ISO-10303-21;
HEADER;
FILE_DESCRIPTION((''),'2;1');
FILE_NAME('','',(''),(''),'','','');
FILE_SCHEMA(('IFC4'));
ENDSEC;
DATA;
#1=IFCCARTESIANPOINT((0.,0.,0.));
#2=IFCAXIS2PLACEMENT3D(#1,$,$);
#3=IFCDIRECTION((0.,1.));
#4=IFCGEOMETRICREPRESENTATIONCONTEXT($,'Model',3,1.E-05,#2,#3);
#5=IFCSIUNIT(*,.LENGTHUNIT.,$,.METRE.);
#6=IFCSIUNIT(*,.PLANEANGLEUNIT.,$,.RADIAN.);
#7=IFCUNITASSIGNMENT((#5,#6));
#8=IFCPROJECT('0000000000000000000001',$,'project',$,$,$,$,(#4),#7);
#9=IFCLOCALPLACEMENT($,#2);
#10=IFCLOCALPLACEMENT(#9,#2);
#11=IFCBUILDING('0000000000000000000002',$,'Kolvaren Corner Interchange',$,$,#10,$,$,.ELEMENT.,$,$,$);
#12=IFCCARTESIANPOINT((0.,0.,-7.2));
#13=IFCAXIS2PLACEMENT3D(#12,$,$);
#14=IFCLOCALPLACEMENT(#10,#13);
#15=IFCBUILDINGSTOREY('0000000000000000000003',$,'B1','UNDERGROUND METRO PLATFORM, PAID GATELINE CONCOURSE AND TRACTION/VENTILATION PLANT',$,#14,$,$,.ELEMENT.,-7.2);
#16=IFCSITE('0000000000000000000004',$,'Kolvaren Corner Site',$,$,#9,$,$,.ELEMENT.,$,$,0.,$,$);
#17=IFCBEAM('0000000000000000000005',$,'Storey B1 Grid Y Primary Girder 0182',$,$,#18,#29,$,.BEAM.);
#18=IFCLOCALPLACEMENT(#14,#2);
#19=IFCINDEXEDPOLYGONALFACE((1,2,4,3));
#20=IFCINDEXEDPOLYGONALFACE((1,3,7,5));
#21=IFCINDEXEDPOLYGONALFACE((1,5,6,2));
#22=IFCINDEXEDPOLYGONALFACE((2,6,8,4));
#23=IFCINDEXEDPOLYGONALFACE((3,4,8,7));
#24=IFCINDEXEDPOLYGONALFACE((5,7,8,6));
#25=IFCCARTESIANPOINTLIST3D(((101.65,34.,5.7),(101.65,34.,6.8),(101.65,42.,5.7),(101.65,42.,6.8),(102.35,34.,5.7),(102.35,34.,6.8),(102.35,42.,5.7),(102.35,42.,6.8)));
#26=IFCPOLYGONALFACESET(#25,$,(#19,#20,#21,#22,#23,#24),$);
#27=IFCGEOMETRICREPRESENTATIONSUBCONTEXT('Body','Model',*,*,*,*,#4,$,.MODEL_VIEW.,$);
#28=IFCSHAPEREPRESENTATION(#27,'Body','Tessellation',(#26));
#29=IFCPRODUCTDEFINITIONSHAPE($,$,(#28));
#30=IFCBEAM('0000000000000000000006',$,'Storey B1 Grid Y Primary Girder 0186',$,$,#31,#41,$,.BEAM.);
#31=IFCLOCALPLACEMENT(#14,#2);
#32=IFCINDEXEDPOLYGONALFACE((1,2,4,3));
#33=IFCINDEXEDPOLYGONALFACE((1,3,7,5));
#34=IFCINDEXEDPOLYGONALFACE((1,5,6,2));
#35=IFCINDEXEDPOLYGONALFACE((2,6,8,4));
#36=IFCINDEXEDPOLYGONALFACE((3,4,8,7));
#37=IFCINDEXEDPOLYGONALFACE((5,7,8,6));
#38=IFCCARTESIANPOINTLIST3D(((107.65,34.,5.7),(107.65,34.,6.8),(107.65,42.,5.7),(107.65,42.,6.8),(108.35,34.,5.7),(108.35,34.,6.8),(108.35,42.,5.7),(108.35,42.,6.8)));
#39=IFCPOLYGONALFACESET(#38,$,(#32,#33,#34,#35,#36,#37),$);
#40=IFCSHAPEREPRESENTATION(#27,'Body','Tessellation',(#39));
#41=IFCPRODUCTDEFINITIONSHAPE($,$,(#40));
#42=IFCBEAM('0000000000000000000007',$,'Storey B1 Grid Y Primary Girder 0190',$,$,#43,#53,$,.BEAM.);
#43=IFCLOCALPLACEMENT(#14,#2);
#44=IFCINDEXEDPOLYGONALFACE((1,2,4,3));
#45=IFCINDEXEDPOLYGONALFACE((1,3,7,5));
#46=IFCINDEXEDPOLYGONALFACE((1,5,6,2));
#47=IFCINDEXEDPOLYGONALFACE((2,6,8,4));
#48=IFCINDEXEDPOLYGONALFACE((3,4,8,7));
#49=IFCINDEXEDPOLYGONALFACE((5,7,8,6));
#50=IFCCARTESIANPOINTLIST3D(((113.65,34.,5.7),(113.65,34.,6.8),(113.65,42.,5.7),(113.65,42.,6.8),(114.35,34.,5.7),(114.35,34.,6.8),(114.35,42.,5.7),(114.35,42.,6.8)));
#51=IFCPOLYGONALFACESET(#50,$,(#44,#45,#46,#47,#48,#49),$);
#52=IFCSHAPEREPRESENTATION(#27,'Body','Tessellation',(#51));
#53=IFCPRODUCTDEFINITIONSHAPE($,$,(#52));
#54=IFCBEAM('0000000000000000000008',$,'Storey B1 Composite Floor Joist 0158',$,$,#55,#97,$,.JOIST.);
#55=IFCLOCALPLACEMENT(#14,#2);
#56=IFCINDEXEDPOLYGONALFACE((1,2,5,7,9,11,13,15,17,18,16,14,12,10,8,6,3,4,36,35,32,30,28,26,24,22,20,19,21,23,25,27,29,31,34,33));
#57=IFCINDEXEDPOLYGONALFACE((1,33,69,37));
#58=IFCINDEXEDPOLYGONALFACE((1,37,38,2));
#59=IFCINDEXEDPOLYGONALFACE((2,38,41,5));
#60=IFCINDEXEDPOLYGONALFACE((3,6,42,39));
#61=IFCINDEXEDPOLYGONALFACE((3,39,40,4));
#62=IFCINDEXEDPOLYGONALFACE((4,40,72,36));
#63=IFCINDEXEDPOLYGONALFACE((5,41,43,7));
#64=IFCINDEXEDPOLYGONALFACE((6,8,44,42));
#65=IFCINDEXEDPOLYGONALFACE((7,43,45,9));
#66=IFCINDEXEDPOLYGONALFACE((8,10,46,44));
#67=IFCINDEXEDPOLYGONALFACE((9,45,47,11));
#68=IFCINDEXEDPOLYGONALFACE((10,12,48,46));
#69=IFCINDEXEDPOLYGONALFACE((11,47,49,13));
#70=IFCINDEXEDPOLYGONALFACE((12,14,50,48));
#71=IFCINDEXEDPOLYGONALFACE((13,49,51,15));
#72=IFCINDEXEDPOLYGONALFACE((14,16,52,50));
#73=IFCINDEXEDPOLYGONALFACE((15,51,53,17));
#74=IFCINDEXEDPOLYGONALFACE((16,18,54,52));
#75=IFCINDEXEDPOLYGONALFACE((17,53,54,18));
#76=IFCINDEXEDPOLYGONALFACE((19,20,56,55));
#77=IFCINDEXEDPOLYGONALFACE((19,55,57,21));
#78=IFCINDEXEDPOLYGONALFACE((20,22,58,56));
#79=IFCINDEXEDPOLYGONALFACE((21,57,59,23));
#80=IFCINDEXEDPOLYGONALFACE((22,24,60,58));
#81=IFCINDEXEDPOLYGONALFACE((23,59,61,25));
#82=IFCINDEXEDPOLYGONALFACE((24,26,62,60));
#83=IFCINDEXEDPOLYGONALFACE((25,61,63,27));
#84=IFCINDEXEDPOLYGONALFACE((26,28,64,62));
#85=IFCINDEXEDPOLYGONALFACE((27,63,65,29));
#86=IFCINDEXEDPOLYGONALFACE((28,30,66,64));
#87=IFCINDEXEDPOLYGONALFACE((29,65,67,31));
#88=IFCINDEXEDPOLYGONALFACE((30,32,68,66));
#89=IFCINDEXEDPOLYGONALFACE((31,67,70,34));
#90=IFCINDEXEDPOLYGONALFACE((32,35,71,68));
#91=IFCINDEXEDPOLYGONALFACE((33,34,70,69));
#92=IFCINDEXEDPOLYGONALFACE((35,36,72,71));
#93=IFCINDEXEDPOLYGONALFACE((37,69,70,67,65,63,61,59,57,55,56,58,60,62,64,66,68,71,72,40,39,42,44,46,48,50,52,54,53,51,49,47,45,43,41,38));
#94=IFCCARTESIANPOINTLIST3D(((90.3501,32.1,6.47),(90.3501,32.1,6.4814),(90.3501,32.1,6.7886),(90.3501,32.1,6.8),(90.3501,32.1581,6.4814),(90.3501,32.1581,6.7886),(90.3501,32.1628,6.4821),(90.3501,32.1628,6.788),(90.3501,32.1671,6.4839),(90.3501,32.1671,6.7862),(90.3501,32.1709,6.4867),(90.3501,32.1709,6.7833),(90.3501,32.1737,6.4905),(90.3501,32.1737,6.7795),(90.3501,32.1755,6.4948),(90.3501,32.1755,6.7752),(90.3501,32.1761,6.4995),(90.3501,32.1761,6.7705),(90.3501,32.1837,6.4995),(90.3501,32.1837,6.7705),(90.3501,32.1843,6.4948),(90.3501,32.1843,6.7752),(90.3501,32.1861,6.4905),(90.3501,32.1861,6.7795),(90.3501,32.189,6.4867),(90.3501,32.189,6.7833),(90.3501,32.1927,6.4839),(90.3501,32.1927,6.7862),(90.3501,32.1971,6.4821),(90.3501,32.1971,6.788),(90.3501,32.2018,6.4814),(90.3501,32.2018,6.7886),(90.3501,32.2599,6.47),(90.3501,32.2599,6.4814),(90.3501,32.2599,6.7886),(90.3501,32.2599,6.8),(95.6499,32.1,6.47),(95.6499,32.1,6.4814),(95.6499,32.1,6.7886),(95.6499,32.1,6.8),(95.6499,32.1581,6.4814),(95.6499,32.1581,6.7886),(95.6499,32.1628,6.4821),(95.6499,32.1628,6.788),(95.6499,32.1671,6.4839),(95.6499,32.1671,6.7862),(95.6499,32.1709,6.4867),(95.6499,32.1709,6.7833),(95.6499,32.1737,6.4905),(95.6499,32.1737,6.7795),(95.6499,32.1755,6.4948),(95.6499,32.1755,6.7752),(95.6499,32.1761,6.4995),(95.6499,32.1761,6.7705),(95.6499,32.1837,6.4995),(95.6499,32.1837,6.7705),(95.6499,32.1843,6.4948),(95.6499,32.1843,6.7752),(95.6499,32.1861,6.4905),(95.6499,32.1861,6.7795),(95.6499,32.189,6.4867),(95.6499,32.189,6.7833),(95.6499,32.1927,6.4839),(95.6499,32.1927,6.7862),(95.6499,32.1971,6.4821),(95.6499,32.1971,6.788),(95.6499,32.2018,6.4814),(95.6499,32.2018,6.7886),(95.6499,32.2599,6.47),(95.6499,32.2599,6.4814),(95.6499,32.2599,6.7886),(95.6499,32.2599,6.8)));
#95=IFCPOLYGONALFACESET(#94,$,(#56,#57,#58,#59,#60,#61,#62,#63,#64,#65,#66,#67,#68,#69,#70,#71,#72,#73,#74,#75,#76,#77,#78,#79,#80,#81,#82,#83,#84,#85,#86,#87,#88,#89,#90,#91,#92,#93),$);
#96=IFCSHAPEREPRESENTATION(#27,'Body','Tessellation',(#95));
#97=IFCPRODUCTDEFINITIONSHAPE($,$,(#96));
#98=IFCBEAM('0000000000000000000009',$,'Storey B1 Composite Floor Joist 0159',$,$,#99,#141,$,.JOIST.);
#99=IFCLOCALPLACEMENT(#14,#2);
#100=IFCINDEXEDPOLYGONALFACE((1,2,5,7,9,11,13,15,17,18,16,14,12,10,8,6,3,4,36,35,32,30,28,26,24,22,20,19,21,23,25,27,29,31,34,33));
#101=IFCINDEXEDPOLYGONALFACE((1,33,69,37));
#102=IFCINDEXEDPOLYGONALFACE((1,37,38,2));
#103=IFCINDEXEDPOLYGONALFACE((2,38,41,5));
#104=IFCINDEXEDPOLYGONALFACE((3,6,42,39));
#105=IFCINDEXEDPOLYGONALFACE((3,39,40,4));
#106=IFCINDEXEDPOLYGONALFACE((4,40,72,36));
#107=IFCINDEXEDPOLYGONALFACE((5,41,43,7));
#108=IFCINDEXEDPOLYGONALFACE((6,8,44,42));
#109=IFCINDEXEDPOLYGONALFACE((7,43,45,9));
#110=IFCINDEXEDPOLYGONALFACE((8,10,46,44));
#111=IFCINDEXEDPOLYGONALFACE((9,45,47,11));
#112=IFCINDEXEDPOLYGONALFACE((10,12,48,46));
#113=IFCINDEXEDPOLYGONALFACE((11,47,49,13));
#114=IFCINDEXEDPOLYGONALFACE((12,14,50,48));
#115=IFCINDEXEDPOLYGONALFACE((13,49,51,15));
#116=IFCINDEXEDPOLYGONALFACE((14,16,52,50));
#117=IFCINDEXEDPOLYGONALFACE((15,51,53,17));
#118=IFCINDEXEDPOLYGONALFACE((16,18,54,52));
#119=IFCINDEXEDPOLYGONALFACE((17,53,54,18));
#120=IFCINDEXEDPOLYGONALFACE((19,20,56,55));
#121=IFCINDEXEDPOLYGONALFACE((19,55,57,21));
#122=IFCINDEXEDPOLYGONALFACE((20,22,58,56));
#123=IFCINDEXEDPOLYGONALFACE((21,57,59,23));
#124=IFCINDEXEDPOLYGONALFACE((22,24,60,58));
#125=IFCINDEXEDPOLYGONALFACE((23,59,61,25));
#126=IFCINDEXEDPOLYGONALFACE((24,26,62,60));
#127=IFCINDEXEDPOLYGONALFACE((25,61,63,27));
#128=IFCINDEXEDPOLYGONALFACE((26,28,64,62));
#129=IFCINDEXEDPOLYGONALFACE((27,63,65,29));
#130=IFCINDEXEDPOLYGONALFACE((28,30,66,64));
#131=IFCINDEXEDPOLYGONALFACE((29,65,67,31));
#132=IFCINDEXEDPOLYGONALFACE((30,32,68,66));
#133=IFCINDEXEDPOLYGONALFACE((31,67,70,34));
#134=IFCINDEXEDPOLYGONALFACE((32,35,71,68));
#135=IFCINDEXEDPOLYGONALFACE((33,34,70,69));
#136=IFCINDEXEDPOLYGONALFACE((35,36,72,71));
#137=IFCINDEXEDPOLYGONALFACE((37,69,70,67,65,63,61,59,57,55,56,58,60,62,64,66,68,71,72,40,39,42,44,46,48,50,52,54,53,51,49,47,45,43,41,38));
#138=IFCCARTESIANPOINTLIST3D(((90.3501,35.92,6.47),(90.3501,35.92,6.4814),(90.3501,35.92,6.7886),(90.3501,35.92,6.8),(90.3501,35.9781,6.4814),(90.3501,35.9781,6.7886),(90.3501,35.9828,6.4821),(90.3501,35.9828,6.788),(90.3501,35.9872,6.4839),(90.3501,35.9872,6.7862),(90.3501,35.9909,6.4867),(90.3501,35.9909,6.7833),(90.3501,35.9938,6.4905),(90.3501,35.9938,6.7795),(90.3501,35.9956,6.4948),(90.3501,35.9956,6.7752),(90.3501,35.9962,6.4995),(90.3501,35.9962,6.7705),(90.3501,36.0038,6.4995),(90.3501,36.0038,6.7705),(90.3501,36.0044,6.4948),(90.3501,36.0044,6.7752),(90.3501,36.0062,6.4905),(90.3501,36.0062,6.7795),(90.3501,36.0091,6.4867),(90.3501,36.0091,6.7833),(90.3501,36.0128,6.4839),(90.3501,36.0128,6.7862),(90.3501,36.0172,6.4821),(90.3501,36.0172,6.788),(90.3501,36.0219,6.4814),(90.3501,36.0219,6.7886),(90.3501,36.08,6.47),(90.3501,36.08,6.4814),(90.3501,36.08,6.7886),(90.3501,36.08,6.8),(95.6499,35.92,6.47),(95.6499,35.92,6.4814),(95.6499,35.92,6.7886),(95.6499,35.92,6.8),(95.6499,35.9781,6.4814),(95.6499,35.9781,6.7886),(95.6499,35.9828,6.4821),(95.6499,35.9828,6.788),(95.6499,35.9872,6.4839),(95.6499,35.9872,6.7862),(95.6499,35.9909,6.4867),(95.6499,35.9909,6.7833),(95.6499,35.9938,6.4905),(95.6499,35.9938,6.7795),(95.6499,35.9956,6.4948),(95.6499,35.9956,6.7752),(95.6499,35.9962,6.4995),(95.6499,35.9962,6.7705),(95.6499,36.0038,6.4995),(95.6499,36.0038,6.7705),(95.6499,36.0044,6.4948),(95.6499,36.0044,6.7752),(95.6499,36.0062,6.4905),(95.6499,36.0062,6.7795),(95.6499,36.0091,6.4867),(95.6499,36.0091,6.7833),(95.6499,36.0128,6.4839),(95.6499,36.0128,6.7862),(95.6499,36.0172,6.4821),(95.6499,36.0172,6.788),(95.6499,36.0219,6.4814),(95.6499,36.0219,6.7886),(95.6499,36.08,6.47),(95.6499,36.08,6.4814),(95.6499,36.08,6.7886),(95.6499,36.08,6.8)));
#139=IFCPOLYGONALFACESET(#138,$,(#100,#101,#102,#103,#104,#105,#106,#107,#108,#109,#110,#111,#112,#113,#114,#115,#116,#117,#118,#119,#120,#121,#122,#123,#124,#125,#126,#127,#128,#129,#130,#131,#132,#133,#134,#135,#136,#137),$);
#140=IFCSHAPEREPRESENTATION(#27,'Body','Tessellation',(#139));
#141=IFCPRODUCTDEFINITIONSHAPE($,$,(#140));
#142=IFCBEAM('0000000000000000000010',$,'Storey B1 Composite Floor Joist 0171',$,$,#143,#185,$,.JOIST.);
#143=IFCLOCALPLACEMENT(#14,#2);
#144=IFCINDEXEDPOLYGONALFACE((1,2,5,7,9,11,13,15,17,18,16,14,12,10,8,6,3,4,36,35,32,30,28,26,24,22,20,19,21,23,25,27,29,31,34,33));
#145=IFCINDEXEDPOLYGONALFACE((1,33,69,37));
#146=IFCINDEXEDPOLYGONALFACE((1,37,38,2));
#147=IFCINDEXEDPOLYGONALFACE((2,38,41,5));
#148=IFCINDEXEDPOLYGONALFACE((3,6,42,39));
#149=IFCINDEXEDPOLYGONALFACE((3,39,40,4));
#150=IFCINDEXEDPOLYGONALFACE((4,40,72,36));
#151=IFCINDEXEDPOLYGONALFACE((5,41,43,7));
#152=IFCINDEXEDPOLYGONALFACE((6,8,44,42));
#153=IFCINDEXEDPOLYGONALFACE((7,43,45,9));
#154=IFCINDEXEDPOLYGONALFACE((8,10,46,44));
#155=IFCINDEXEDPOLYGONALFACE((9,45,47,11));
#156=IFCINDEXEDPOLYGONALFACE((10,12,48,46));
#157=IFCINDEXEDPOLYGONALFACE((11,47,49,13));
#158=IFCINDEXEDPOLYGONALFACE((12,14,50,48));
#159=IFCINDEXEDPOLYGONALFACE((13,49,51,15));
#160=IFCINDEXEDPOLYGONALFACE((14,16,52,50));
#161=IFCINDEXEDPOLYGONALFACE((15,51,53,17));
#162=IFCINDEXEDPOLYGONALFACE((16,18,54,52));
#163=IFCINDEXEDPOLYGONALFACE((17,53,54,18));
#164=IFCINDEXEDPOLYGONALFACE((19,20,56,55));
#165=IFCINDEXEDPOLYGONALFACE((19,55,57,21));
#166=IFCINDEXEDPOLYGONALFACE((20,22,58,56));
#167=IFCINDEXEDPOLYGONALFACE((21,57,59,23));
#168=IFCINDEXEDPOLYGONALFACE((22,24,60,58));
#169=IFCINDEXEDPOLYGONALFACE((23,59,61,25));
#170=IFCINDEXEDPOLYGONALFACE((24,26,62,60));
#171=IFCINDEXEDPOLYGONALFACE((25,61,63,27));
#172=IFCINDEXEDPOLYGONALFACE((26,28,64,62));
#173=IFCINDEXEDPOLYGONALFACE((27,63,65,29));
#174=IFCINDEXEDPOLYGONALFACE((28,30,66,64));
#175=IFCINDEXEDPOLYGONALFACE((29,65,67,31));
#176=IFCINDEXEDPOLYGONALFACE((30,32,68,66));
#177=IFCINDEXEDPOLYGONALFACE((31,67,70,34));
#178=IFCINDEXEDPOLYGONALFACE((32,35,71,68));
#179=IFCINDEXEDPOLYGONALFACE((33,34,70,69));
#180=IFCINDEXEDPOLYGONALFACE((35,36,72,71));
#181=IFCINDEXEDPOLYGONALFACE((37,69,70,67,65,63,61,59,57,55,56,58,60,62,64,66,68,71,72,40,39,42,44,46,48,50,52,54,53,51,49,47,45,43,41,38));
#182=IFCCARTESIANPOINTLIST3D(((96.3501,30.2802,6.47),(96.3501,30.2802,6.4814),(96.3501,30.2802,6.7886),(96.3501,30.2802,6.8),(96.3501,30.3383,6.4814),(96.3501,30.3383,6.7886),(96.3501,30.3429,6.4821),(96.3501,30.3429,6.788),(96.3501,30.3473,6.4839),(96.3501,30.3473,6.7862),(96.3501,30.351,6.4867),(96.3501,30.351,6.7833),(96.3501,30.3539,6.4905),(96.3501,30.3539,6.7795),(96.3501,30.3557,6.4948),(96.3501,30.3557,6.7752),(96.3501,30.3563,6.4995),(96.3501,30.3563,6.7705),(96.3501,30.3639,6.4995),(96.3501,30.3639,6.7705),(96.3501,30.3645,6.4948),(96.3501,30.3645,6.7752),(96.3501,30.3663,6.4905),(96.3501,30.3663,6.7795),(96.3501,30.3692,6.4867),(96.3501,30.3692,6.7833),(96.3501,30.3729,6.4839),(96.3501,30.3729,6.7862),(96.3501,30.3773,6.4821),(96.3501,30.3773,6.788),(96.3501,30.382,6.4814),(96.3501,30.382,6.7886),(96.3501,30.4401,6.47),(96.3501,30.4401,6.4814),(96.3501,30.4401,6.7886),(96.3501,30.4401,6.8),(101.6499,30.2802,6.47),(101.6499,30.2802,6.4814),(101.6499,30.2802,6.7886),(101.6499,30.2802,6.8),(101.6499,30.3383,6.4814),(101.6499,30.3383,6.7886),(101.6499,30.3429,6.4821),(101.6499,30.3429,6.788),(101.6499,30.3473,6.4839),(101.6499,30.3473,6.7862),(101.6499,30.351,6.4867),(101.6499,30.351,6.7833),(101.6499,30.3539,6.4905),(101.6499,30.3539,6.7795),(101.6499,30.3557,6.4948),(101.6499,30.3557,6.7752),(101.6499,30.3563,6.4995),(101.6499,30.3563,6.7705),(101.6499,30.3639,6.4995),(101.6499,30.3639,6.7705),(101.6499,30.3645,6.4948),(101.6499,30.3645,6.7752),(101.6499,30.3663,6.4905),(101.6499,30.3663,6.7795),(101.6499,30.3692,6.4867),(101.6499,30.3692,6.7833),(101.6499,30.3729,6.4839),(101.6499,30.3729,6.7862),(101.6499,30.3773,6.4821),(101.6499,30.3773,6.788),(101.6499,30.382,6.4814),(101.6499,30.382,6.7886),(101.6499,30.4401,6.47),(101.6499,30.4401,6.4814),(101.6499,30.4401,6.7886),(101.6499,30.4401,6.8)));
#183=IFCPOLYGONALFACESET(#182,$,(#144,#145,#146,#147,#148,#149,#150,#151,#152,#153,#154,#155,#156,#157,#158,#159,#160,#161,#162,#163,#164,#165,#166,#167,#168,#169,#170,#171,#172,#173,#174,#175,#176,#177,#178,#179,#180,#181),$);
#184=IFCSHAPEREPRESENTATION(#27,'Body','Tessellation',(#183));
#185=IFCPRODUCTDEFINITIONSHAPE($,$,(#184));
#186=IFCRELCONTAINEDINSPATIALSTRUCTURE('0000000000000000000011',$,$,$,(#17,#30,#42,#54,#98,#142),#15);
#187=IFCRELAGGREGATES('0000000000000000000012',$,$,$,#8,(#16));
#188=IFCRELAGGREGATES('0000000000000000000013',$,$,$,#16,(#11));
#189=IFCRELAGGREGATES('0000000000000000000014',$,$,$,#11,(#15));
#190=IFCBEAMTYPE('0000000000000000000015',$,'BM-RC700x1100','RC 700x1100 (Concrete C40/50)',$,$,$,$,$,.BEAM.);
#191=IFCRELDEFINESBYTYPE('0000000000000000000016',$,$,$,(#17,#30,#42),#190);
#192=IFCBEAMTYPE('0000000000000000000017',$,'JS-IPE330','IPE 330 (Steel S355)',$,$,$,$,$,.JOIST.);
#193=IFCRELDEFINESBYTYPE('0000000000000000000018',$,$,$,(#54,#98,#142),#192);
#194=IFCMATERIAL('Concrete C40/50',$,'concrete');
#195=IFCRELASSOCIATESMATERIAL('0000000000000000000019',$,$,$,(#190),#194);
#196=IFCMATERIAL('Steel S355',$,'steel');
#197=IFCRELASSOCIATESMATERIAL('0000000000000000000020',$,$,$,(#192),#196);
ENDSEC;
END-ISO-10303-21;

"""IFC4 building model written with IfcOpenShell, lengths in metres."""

from ifc_helpers import new_model, si_unit, direction, frame, origin, origin_2d, place, context, subcontext, project, spatial, rectangle, i_section, extrude, material, material_profile, profile_set, type_object, element, save


model = new_model("IFC4")

# Units and contexts
model_context = context("Model", 3, precision=1e-05, world=origin(), true_north=direction((0.0, 1.0)))
body_context = subcontext(model_context, "Body", "Model", "MODEL_VIEW")
ifc_project = project(units=[si_unit("LENGTHUNIT", "METRE"), si_unit("PLANEANGLEUNIT", "RADIAN")], contexts=[model_context])

# Site, building, storey
site_placement = place(None, origin())
site = spatial("IfcSite", under=ifc_project, at=site_placement, Name="Kolvaren Corner Site", CompositionType="ELEMENT", RefElevation=0.0)
building_placement = place(site_placement, origin())
building = spatial("IfcBuilding", under=site, at=building_placement, Name="Kolvaren Corner Interchange", CompositionType="ELEMENT")
storey_placement = place(building_placement, frame((0.0, 0.0, -7.2)))
storey = spatial("IfcBuildingStorey", under=building, at=storey_placement, Name="B1", Description="UNDERGROUND METRO PLATFORM, PAID GATELINE CONCOURSE AND TRACTION/VENTILATION PLANT", CompositionType="ELEMENT", Elevation=-7.2)

# Beams
ifc_material_1 = material(Name="Concrete C40/50", Category="concrete")
ifc_material_profile_1 = material_profile(ifc_material_1, rectangle(XDim=0.7, YDim=1.1001, at=origin_2d()), Name="RC 700x1100")
ifc_profile_set_1 = profile_set([ifc_material_profile_1], Name="Concrete C40/50")
beam_type_1 = type_object("IfcBeamType", Name="BM-RC700x1100", Description="RC 700x1100 (Concrete C40/50)", PredefinedType="BEAM", material=ifc_profile_set_1)
for number, where, z_axis, x_axis, name in (
    (1, (102.0, 34.0, 6.25), (0.0, 1.0, 0.0), (-1.0, 0.0, 0.0), "Storey B1 Grid Y Primary Girder 0182"),
    (2, (108.0, 34.0, 6.25), (0.0, 1.0, 0.0), (-1.0, 0.0, 0.0), "Storey B1 Grid Y Primary Girder 0186"),
    (3, (114.0, 34.0, 6.25), (0.0, 1.0, 0.0), (-1.0, 0.0, 0.0), "Storey B1 Grid Y Primary Girder 0190"),
):
    element("IfcBeam", number, at=place(storey_placement, frame(where, z_axis=z_axis, x_axis=x_axis)), inside=storey, type_object=beam_type_1, Name=name, PredefinedType="BEAM", context=body_context, shape_type="SweptSolid", body=[
        extrude(rectangle(XDim=0.7, YDim=1.1001, at=origin_2d()), origin(), (0.0, 0.0, 1.0), 8.0),
    ])
ifc_material_2 = material(Name="Steel S355", Category="steel")
ifc_material_profile_2 = material_profile(ifc_material_2, i_section(OverallWidth=0.1599, OverallDepth=0.3301, WebThickness=0.0076, FlangeThickness=0.0115, FilletRadius=0.0181, at=origin_2d()), Name="IPE 330")
ifc_profile_set_2 = profile_set([ifc_material_profile_2], Name="Steel S355")
beam_type_2 = type_object("IfcBeamType", Name="JS-IPE330", Description="IPE 330 (Steel S355)", PredefinedType="JOIST", material=ifc_profile_set_2)
for number, where, z_axis, x_axis, name in (
    (4, (90.3501, 32.1799, 6.635), (1.0, 0.0, 0.0), (0.0, 1.0, 0.0), "Storey B1 Composite Floor Joist 0158"),
    (5, (90.3501, 36.0, 6.635), (1.0, 0.0, 0.0), (0.0, 1.0, 0.0), "Storey B1 Composite Floor Joist 0159"),
    (6, (96.3501, 30.3601, 6.635), (1.0, 0.0, 0.0), (0.0, 1.0, 0.0), "Storey B1 Composite Floor Joist 0171"),
):
    element("IfcBeam", number, at=place(storey_placement, frame(where, z_axis=z_axis, x_axis=x_axis)), inside=storey, type_object=beam_type_2, Name=name, PredefinedType="JOIST", context=body_context, shape_type="SweptSolid", body=[
        extrude(i_section(OverallWidth=0.1599, OverallDepth=0.3301, WebThickness=0.0076, FlangeThickness=0.0115, FilletRadius=0.0181, at=origin_2d()), origin(), (0.0, 0.0, 1.0), 5.2998),
    ])

save(model, "model.ifc")
